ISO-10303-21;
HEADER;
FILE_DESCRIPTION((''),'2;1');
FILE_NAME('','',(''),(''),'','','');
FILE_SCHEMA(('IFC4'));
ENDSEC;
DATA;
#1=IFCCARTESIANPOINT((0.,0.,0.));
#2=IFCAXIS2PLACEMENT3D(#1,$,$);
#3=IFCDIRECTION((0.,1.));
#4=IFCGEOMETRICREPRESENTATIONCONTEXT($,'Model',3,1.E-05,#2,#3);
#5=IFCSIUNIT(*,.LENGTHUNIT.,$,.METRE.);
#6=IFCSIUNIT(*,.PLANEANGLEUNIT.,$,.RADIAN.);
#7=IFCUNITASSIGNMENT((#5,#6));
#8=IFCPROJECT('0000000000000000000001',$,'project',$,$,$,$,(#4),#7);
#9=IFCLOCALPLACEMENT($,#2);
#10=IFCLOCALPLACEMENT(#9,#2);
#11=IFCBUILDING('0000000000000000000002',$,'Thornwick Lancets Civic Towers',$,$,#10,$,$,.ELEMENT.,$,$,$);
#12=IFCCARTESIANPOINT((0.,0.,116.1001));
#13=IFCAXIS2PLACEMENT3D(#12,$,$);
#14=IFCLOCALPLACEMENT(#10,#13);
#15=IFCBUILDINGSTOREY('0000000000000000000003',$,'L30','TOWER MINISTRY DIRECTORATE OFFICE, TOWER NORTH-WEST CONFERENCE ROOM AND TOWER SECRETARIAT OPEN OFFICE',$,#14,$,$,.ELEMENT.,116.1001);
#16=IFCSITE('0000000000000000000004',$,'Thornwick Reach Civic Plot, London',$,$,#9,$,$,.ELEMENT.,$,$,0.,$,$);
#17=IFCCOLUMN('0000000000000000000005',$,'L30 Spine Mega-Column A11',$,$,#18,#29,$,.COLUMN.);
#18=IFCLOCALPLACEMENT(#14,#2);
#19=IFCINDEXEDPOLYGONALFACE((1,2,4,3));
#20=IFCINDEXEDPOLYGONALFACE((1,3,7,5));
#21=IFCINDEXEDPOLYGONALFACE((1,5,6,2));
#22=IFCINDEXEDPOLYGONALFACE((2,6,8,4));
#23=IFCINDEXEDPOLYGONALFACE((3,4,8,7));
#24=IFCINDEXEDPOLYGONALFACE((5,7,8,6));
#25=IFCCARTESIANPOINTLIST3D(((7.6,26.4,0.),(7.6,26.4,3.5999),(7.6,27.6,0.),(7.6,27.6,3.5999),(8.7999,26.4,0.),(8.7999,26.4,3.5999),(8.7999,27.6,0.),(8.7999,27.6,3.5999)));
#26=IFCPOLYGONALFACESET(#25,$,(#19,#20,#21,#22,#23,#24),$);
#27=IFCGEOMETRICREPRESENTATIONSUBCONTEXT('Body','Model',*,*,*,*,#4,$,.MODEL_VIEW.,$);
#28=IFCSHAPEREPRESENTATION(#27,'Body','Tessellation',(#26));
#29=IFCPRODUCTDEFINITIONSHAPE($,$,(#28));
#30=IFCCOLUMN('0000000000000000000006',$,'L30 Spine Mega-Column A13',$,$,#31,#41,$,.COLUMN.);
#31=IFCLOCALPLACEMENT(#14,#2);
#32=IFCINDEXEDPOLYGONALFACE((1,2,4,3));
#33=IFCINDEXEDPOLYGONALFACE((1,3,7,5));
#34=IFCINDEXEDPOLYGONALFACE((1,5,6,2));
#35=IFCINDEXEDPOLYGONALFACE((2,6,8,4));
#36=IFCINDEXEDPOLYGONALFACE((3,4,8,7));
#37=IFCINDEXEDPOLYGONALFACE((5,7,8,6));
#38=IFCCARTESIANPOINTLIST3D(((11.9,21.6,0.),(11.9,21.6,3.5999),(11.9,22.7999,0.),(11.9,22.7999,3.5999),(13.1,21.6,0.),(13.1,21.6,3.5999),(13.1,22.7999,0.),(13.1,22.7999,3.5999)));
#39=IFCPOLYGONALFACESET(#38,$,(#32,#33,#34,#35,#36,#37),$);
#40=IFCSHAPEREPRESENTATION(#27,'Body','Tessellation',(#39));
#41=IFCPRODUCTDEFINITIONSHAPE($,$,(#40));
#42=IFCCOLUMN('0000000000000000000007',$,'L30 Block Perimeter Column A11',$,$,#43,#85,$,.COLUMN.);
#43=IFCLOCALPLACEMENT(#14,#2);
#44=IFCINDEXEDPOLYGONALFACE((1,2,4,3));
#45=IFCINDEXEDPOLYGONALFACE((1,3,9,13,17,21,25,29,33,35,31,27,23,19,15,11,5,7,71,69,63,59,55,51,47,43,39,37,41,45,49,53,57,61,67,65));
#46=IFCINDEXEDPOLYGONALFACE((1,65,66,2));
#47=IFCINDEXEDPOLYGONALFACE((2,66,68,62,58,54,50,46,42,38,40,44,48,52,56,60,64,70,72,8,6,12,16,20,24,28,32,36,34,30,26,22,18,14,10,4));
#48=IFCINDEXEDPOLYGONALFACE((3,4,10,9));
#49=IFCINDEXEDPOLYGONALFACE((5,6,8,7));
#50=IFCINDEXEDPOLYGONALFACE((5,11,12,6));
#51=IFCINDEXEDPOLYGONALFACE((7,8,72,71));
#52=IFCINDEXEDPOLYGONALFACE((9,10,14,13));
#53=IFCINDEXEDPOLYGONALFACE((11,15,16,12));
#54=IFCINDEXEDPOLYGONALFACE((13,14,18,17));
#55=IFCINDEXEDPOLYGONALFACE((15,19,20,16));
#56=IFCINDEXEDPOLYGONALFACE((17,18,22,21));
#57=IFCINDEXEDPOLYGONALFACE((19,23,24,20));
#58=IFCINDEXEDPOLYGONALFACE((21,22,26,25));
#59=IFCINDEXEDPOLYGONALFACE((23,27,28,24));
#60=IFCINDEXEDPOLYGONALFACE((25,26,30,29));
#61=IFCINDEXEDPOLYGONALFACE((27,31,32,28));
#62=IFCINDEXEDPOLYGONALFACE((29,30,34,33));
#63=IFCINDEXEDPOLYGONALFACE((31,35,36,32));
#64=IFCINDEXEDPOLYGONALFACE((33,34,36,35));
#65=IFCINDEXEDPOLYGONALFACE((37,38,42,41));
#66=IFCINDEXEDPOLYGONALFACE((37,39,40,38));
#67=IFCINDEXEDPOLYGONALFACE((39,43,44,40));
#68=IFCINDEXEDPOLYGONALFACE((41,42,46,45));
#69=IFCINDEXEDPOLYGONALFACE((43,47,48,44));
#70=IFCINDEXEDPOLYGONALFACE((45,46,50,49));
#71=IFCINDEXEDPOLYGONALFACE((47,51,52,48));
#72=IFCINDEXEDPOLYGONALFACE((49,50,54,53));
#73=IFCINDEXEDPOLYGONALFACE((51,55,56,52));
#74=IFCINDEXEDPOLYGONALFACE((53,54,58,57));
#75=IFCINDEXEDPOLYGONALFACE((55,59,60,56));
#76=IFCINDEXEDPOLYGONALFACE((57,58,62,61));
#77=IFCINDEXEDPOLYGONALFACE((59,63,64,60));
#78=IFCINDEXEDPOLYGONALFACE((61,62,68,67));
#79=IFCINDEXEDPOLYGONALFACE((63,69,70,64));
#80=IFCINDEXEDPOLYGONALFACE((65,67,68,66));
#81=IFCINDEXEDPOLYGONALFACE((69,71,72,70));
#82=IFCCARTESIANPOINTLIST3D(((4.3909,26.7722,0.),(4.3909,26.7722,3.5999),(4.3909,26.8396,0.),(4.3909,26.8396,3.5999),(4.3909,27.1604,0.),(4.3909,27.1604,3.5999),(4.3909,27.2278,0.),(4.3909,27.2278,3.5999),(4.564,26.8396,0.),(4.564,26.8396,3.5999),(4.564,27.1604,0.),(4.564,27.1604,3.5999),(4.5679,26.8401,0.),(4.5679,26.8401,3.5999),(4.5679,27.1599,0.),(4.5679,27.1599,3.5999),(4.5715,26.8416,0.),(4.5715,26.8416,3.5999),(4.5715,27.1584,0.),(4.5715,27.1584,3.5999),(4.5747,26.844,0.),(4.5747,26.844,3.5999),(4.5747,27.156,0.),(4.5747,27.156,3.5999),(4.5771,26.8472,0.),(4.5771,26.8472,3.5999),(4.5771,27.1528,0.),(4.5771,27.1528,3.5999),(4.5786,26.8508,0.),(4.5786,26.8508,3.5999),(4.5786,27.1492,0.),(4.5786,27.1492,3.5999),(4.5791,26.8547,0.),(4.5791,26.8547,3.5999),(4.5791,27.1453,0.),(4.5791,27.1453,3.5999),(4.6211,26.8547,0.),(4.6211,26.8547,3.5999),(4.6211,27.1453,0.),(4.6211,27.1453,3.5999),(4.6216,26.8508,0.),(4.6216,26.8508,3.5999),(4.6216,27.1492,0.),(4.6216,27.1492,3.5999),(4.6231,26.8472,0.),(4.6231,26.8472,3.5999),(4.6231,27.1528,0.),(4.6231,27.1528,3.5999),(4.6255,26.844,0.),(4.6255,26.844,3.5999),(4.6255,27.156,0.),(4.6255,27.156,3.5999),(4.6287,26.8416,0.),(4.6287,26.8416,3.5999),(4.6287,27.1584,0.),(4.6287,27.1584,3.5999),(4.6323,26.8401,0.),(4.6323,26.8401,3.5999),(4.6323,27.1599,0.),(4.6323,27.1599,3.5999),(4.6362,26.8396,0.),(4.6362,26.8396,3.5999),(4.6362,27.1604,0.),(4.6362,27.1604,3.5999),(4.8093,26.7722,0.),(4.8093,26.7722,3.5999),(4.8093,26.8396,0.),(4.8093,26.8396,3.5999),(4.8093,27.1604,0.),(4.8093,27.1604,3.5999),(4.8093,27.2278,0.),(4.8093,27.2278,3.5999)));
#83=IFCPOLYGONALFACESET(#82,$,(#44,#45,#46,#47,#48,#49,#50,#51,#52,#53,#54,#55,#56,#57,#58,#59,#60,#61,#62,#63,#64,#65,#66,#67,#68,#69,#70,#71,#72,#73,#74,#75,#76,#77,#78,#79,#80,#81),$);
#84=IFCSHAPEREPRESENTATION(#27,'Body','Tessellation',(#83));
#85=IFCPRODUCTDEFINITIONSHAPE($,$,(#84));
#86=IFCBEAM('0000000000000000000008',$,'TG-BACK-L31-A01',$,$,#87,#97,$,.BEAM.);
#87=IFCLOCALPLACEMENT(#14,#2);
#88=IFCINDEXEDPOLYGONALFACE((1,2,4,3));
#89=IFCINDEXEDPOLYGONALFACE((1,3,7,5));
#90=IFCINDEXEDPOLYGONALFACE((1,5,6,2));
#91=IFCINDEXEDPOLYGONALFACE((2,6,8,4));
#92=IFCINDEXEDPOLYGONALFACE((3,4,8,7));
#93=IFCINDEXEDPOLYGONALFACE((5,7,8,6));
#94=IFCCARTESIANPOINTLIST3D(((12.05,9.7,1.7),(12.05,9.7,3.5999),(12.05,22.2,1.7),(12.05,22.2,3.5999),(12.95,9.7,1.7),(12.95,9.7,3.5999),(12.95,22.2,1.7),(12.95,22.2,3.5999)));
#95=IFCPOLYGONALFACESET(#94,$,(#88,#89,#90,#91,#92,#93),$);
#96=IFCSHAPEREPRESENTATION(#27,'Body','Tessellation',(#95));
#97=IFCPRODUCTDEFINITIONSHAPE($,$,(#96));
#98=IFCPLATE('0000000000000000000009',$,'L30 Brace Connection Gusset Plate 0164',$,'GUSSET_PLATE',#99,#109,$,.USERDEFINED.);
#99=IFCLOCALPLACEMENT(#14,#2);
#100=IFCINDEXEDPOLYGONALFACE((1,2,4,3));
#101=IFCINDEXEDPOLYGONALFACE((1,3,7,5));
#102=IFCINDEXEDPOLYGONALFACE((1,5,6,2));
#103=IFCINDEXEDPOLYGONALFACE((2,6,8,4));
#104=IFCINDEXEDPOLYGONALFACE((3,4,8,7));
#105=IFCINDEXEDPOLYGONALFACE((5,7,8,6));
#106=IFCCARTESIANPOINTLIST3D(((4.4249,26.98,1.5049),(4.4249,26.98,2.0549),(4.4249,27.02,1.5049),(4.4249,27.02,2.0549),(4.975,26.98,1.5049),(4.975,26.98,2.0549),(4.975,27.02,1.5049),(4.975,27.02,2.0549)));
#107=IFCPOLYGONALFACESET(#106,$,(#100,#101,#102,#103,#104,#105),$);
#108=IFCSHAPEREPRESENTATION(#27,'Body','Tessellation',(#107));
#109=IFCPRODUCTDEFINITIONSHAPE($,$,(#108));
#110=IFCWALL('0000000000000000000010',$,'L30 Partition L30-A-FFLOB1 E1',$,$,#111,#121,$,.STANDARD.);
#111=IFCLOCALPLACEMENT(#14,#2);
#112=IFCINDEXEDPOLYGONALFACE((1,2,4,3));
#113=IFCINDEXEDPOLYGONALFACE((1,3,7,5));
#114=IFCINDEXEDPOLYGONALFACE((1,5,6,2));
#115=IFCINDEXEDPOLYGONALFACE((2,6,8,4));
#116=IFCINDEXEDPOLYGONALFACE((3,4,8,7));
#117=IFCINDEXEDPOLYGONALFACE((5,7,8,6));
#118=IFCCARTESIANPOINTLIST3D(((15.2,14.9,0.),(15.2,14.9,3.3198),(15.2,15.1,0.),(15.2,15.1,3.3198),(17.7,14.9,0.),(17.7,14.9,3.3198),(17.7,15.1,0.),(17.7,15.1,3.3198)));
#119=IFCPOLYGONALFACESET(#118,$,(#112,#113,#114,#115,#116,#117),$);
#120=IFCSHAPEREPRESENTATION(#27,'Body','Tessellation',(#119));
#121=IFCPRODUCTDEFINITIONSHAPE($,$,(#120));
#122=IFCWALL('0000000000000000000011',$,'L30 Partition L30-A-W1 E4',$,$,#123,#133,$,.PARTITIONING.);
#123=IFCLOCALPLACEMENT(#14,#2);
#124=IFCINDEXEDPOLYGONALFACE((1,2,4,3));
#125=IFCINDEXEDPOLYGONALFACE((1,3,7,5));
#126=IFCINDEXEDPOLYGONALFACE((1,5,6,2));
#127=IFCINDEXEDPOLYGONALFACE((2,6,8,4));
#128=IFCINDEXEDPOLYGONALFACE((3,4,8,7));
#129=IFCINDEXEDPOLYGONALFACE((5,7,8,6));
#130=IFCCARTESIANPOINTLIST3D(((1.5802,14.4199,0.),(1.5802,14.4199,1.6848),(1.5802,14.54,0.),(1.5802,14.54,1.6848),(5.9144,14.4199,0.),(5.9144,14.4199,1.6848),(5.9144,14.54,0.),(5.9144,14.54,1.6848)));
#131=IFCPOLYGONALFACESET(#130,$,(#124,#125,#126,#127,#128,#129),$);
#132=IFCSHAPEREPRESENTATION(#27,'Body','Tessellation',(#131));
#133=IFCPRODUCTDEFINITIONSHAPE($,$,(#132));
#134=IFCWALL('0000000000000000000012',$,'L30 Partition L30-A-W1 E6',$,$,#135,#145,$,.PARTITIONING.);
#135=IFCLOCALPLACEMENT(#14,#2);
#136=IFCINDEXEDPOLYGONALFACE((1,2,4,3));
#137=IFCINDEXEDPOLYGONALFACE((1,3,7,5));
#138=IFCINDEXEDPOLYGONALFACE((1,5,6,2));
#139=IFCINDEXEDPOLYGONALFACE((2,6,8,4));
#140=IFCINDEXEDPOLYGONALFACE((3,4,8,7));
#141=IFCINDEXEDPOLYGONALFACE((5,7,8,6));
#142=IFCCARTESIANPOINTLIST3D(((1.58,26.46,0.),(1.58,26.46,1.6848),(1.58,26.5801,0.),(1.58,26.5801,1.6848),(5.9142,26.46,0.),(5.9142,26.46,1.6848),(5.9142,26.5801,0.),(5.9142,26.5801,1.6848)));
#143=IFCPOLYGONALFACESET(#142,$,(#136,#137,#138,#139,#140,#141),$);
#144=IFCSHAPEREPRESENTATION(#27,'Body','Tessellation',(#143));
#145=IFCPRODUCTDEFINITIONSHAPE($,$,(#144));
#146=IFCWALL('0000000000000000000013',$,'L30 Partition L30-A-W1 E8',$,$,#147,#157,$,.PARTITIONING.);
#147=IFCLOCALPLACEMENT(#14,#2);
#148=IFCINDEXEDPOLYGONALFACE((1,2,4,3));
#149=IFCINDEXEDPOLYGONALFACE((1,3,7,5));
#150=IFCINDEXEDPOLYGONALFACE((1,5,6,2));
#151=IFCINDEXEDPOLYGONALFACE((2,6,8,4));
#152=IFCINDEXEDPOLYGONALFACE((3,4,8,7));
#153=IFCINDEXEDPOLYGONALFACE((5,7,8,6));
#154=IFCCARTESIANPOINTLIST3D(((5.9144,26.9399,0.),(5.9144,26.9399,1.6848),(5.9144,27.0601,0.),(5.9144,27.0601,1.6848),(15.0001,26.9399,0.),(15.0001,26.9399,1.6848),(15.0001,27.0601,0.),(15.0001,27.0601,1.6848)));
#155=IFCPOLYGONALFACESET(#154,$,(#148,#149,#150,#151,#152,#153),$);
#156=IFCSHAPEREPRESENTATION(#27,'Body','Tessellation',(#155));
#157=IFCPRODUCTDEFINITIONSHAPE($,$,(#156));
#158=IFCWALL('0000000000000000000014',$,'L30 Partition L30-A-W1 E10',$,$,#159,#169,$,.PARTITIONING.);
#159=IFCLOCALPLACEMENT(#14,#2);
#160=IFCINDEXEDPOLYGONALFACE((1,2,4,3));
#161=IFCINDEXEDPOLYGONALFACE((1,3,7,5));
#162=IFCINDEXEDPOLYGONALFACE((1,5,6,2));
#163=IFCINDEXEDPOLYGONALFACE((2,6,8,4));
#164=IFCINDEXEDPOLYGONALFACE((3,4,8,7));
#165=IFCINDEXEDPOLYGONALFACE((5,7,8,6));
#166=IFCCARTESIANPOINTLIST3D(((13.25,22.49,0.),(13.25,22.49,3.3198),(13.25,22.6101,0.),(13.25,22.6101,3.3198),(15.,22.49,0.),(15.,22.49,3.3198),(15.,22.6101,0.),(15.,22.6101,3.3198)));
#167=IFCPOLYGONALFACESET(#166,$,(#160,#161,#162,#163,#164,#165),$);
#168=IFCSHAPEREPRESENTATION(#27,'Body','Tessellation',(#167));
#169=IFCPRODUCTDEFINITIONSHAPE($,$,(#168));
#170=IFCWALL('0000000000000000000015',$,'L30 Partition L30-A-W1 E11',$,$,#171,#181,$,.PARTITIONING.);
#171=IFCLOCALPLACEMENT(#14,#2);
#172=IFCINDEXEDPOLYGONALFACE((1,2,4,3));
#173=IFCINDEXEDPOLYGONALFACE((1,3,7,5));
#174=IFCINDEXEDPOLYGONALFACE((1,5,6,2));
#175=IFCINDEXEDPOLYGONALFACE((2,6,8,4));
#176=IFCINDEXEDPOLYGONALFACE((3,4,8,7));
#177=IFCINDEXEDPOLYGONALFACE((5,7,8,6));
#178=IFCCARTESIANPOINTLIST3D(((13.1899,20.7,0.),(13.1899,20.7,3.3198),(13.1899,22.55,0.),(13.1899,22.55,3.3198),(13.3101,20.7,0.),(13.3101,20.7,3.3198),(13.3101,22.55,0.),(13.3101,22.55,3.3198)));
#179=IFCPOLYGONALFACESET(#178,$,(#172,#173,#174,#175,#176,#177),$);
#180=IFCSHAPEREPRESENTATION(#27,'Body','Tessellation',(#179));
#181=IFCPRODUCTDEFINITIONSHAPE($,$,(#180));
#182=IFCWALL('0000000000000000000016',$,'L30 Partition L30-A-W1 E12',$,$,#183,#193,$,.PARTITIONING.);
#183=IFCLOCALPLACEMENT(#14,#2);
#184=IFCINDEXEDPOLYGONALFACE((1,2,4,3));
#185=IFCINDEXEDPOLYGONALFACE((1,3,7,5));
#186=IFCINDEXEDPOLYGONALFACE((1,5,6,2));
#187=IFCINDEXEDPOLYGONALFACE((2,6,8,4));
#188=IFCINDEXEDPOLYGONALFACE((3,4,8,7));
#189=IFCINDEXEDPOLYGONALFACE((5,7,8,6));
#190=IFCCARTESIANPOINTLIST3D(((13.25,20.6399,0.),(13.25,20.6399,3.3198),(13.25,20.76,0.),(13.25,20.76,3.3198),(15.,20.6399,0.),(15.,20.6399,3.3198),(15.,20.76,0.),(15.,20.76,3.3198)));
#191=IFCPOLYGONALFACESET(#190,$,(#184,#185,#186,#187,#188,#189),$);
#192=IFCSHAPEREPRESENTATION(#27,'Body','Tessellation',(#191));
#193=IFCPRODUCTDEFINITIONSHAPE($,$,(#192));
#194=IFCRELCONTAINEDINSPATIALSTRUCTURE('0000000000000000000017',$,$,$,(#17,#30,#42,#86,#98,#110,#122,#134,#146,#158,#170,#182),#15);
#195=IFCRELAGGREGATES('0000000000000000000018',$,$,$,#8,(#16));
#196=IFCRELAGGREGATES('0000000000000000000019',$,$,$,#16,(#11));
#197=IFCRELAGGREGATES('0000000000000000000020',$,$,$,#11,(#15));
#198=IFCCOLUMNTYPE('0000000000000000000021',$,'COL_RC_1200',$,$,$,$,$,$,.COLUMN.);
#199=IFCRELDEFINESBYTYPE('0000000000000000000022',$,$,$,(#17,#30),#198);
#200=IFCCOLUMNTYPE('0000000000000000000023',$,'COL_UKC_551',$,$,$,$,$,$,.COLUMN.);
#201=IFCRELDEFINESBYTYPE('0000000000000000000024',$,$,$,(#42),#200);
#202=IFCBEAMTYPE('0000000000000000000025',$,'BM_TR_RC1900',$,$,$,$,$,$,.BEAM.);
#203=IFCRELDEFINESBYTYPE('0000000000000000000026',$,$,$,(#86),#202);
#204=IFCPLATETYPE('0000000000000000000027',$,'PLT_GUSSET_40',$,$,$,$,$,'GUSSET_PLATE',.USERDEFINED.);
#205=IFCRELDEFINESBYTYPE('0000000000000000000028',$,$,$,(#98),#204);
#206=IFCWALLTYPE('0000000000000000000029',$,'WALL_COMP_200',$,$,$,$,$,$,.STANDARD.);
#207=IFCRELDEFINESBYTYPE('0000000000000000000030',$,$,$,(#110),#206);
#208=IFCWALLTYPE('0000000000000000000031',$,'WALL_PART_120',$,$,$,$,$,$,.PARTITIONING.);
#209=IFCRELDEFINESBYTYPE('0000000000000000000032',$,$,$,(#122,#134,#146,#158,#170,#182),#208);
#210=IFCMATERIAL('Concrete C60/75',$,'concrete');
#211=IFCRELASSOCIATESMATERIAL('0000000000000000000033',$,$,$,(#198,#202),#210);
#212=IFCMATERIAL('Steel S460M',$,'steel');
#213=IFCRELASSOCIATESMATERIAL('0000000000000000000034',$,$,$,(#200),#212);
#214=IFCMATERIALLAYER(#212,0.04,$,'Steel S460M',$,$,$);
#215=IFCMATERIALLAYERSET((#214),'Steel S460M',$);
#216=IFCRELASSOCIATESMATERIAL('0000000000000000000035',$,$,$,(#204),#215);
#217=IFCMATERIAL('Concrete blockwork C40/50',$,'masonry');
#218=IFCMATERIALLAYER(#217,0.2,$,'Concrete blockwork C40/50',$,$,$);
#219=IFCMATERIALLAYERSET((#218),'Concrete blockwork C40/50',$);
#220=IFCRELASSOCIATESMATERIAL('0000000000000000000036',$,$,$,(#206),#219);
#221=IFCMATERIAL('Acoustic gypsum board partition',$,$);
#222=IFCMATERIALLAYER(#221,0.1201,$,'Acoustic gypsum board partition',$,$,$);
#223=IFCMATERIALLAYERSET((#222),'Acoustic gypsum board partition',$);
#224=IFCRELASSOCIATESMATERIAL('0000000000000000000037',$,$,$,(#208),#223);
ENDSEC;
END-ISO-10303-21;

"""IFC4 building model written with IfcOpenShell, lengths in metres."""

from ifc_helpers import new_model, si_unit, direction, frame, frame_2d, origin, origin_2d, place, context, subcontext, project, spatial, rectangle, i_section, extrude, material, layer, layer_set, material_profile, profile_set, type_object, element, save


model = new_model("IFC4")

# Units and contexts
model_context = context("Model", 3, precision=1e-05, world=origin(), true_north=direction((0.0, 1.0)))
body_context = subcontext(model_context, "Body", "Model", "MODEL_VIEW")
ifc_project = project(units=[si_unit("LENGTHUNIT", "METRE"), si_unit("PLANEANGLEUNIT", "RADIAN")], contexts=[model_context])

# Site, building, storey
site_placement = place(None, origin())
site = spatial("IfcSite", under=ifc_project, at=site_placement, Name="Thornwick Reach Civic Plot, London", CompositionType="ELEMENT", RefElevation=0.0)
building_placement = place(site_placement, origin())
building = spatial("IfcBuilding", under=site, at=building_placement, Name="Thornwick Lancets Civic Towers", CompositionType="ELEMENT")
storey_placement = place(building_placement, frame((0.0, 0.0, 116.1001)))
storey = spatial("IfcBuildingStorey", under=building, at=storey_placement, Name="L30", Description="TOWER MINISTRY DIRECTORATE OFFICE, TOWER NORTH-WEST CONFERENCE ROOM AND TOWER SECRETARIAT OPEN OFFICE", CompositionType="ELEMENT", Elevation=116.1001)

# Columns
ifc_material_1 = material(Name="Concrete C60/75", Category="concrete")
ifc_material_profile_1 = material_profile(ifc_material_1, rectangle(XDim=1.2, YDim=1.2, at=origin_2d()), Name="RC 1200x1200")
ifc_profile_set_1 = profile_set([ifc_material_profile_1], Name="Concrete C60/75")
column_type_1 = type_object("IfcColumnType", Name="COL_RC_1200", PredefinedType="COLUMN", material=ifc_profile_set_1)
for number, where, z_axis, x_axis, name in (
    (1, (8.2, 27.0, 0.0), (0.0, 0.0, 1.0), (1.0, 0.0, 0.0), "L30 Spine Mega-Column A11"),
    (2, (12.5, 22.2, 0.0), (0.0, 0.0, 1.0), (1.0, 0.0, 0.0), "L30 Spine Mega-Column A13"),
):
    element("IfcColumn", number, at=place(storey_placement, frame(where, z_axis=z_axis, x_axis=x_axis)), inside=storey, type_object=column_type_1, Name=name, PredefinedType="COLUMN", context=body_context, shape_type="SweptSolid", body=[
        extrude(rectangle(XDim=1.2, YDim=1.2, at=origin_2d()), origin(), (0.0, 0.0, 1.0), 3.5999),
    ])
ifc_material_2 = material(Name="Steel S460M", Category="steel")
ifc_material_profile_2 = material_profile(ifc_material_2, i_section(OverallWidth=0.4185, OverallDepth=0.4556, WebThickness=0.042, FlangeThickness=0.0674, FilletRadius=0.0151, at=origin_2d()), Name="UKC 356x406x551")
ifc_profile_set_2 = profile_set([ifc_material_profile_2], Name="Steel S460M")
column_type_2 = type_object("IfcColumnType", Name="COL_UKC_551", PredefinedType="COLUMN", material=ifc_profile_set_2)
column_placement = place(storey_placement, frame((4.6001, 27.0, 0.0), z_axis=(0.0, 0.0, 1.0), x_axis=(1.0, 0.0, 0.0)))
element("IfcColumn", 3, at=column_placement, inside=storey, type_object=column_type_2, Name="L30 Block Perimeter Column A11", PredefinedType="COLUMN", context=body_context, shape_type="SweptSolid", body=[
    extrude(i_section(OverallWidth=0.4185, OverallDepth=0.4556, WebThickness=0.042, FlangeThickness=0.0674, FilletRadius=0.0151, at=origin_2d()), origin(), (0.0, 0.0, 1.0), 3.5999),
])

# Beam
ifc_material_profile_3 = material_profile(ifc_material_1, rectangle(XDim=0.8999, YDim=1.8999, at=origin_2d()), Name="RC 900x1900")
ifc_profile_set_3 = profile_set([ifc_material_profile_3], Name="Concrete C60/75")
beam_type = type_object("IfcBeamType", Name="BM_TR_RC1900", PredefinedType="BEAM", material=ifc_profile_set_3)
beam_placement = place(storey_placement, frame((12.5, 22.2, 2.6499), z_axis=(0.0, -1.0, 0.0), x_axis=(1.0, 0.0, 0.0)))
element("IfcBeam", 4, at=beam_placement, inside=storey, type_object=beam_type, Name="TG-BACK-L31-A01", PredefinedType="BEAM", context=body_context, shape_type="SweptSolid", body=[
    extrude(rectangle(XDim=0.8999, YDim=1.8999, at=origin_2d()), origin(), (0.0, 0.0, 1.0), 12.5),
])

# Plate
ifc_layer_1 = layer(ifc_material_2, 0.04, Name="Steel S460M")
ifc_layer_set_1 = layer_set([ifc_layer_1], Name="Steel S460M")
plate_type = type_object("IfcPlateType", Name="PLT_GUSSET_40", ElementType="GUSSET_PLATE", PredefinedType="USERDEFINED", material=ifc_layer_set_1)
plate_placement = place(storey_placement, frame((4.7, 27.0, 1.5049), z_axis=(0.0, 0.0, 1.0), x_axis=(-1.0, 0.0, 0.0)))
element("IfcPlate", 5, at=plate_placement, inside=storey, type_object=plate_type, Name="L30 Brace Connection Gusset Plate 0164", ObjectType="GUSSET_PLATE", PredefinedType="USERDEFINED", context=body_context, shape_type="SweptSolid", body=[
    extrude(rectangle(XDim=0.55, YDim=0.04, at=origin_2d()), origin(), (0.0, 0.0, 1.0), 0.55),
])

# Walls
ifc_material_3 = material(Name="Concrete blockwork C40/50", Category="masonry")
ifc_layer_2 = layer(ifc_material_3, 0.2, Name="Concrete blockwork C40/50")
ifc_layer_set_2 = layer_set([ifc_layer_2], Name="Concrete blockwork C40/50")
wall_type_1 = type_object("IfcWallType", Name="WALL_COMP_200", PredefinedType="STANDARD", material=ifc_layer_set_2)
wall_1_placement = place(storey_placement, frame((15.2, 15.0, 0.0), z_axis=(0.0, 0.0, 1.0), x_axis=(1.0, 0.0, 0.0)))
element("IfcWall", 6, at=wall_1_placement, inside=storey, type_object=wall_type_1, Name="L30 Partition L30-A-FFLOB1 E1", PredefinedType="STANDARD", context=body_context, shape_type="SweptSolid", body=[
    extrude(rectangle(XDim=2.5, YDim=0.2, at=frame_2d((1.25, 0.0))), origin(), (0.0, 0.0, 1.0), 3.3198),
])
ifc_material_4 = material(Name="Acoustic gypsum board partition")
ifc_layer_3 = layer(ifc_material_4, 0.1201, Name="Acoustic gypsum board partition")
ifc_layer_set_3 = layer_set([ifc_layer_3], Name="Acoustic gypsum board partition")
wall_type_2 = type_object("IfcWallType", Name="WALL_PART_120", PredefinedType="PARTITIONING", material=ifc_layer_set_3)
for number, where, z_axis, x_axis, name in (
    (7, (5.9143, 14.48, 0.0), (0.0, 0.0, 1.0), (-1.0, 0.0, 0.0), "L30 Partition L30-A-W1 E4"),
    (8, (1.5801, 26.52, 0.0), (0.0, 0.0, 1.0), (1.0, 0.0, 0.0), "L30 Partition L30-A-W1 E6"),
):
    element("IfcWall", number, at=place(storey_placement, frame(where, z_axis=z_axis, x_axis=x_axis)), inside=storey, type_object=wall_type_2, Name=name, PredefinedType="PARTITIONING", context=body_context, shape_type="SweptSolid", body=[
        extrude(rectangle(XDim=4.3342, YDim=0.1201, at=frame_2d((2.167, 0.0))), origin(), (0.0, 0.0, 1.0), 1.6848),
    ])
wall_2_placement = place(storey_placement, frame((5.9143, 27.0, 0.0), z_axis=(0.0, 0.0, 1.0), x_axis=(1.0, 0.0, 0.0)))
element("IfcWall", 9, at=wall_2_placement, inside=storey, type_object=wall_type_2, Name="L30 Partition L30-A-W1 E8", PredefinedType="PARTITIONING", context=body_context, shape_type="SweptSolid", body=[
    extrude(rectangle(XDim=9.0857, YDim=0.1201, at=frame_2d((4.543, 0.0))), origin(), (0.0, 0.0, 1.0), 1.6848),
])
wall_3_placement = place(storey_placement, frame((15.0, 22.55, 0.0), z_axis=(0.0, 0.0, 1.0), x_axis=(-1.0, 0.0, 0.0)))
element("IfcWall", 10, at=wall_3_placement, inside=storey, type_object=wall_type_2, Name="L30 Partition L30-A-W1 E10", PredefinedType="PARTITIONING", context=body_context, shape_type="SweptSolid", body=[
    extrude(rectangle(XDim=1.75, YDim=0.1201, at=frame_2d((0.875, 0.0))), origin(), (0.0, 0.0, 1.0), 3.3198),
])
wall_4_placement = place(storey_placement, frame((13.25, 22.55, 0.0), z_axis=(0.0, 0.0, 1.0), x_axis=(0.0, -1.0, 0.0)))
element("IfcWall", 11, at=wall_4_placement, inside=storey, type_object=wall_type_2, Name="L30 Partition L30-A-W1 E11", PredefinedType="PARTITIONING", context=body_context, shape_type="SweptSolid", body=[
    extrude(rectangle(XDim=1.8501, YDim=0.1201, at=frame_2d((0.925, 0.0))), origin(), (0.0, 0.0, 1.0), 3.3198),
])
wall_5_placement = place(storey_placement, frame((13.25, 20.7, 0.0), z_axis=(0.0, 0.0, 1.0), x_axis=(1.0, 0.0, 0.0)))
element("IfcWall", 12, at=wall_5_placement, inside=storey, type_object=wall_type_2, Name="L30 Partition L30-A-W1 E12", PredefinedType="PARTITIONING", context=body_context, shape_type="SweptSolid", body=[
    extrude(rectangle(XDim=1.75, YDim=0.1201, at=frame_2d((0.875, 0.0))), origin(), (0.0, 0.0, 1.0), 3.3198),
])

save(model, "model.ifc")
